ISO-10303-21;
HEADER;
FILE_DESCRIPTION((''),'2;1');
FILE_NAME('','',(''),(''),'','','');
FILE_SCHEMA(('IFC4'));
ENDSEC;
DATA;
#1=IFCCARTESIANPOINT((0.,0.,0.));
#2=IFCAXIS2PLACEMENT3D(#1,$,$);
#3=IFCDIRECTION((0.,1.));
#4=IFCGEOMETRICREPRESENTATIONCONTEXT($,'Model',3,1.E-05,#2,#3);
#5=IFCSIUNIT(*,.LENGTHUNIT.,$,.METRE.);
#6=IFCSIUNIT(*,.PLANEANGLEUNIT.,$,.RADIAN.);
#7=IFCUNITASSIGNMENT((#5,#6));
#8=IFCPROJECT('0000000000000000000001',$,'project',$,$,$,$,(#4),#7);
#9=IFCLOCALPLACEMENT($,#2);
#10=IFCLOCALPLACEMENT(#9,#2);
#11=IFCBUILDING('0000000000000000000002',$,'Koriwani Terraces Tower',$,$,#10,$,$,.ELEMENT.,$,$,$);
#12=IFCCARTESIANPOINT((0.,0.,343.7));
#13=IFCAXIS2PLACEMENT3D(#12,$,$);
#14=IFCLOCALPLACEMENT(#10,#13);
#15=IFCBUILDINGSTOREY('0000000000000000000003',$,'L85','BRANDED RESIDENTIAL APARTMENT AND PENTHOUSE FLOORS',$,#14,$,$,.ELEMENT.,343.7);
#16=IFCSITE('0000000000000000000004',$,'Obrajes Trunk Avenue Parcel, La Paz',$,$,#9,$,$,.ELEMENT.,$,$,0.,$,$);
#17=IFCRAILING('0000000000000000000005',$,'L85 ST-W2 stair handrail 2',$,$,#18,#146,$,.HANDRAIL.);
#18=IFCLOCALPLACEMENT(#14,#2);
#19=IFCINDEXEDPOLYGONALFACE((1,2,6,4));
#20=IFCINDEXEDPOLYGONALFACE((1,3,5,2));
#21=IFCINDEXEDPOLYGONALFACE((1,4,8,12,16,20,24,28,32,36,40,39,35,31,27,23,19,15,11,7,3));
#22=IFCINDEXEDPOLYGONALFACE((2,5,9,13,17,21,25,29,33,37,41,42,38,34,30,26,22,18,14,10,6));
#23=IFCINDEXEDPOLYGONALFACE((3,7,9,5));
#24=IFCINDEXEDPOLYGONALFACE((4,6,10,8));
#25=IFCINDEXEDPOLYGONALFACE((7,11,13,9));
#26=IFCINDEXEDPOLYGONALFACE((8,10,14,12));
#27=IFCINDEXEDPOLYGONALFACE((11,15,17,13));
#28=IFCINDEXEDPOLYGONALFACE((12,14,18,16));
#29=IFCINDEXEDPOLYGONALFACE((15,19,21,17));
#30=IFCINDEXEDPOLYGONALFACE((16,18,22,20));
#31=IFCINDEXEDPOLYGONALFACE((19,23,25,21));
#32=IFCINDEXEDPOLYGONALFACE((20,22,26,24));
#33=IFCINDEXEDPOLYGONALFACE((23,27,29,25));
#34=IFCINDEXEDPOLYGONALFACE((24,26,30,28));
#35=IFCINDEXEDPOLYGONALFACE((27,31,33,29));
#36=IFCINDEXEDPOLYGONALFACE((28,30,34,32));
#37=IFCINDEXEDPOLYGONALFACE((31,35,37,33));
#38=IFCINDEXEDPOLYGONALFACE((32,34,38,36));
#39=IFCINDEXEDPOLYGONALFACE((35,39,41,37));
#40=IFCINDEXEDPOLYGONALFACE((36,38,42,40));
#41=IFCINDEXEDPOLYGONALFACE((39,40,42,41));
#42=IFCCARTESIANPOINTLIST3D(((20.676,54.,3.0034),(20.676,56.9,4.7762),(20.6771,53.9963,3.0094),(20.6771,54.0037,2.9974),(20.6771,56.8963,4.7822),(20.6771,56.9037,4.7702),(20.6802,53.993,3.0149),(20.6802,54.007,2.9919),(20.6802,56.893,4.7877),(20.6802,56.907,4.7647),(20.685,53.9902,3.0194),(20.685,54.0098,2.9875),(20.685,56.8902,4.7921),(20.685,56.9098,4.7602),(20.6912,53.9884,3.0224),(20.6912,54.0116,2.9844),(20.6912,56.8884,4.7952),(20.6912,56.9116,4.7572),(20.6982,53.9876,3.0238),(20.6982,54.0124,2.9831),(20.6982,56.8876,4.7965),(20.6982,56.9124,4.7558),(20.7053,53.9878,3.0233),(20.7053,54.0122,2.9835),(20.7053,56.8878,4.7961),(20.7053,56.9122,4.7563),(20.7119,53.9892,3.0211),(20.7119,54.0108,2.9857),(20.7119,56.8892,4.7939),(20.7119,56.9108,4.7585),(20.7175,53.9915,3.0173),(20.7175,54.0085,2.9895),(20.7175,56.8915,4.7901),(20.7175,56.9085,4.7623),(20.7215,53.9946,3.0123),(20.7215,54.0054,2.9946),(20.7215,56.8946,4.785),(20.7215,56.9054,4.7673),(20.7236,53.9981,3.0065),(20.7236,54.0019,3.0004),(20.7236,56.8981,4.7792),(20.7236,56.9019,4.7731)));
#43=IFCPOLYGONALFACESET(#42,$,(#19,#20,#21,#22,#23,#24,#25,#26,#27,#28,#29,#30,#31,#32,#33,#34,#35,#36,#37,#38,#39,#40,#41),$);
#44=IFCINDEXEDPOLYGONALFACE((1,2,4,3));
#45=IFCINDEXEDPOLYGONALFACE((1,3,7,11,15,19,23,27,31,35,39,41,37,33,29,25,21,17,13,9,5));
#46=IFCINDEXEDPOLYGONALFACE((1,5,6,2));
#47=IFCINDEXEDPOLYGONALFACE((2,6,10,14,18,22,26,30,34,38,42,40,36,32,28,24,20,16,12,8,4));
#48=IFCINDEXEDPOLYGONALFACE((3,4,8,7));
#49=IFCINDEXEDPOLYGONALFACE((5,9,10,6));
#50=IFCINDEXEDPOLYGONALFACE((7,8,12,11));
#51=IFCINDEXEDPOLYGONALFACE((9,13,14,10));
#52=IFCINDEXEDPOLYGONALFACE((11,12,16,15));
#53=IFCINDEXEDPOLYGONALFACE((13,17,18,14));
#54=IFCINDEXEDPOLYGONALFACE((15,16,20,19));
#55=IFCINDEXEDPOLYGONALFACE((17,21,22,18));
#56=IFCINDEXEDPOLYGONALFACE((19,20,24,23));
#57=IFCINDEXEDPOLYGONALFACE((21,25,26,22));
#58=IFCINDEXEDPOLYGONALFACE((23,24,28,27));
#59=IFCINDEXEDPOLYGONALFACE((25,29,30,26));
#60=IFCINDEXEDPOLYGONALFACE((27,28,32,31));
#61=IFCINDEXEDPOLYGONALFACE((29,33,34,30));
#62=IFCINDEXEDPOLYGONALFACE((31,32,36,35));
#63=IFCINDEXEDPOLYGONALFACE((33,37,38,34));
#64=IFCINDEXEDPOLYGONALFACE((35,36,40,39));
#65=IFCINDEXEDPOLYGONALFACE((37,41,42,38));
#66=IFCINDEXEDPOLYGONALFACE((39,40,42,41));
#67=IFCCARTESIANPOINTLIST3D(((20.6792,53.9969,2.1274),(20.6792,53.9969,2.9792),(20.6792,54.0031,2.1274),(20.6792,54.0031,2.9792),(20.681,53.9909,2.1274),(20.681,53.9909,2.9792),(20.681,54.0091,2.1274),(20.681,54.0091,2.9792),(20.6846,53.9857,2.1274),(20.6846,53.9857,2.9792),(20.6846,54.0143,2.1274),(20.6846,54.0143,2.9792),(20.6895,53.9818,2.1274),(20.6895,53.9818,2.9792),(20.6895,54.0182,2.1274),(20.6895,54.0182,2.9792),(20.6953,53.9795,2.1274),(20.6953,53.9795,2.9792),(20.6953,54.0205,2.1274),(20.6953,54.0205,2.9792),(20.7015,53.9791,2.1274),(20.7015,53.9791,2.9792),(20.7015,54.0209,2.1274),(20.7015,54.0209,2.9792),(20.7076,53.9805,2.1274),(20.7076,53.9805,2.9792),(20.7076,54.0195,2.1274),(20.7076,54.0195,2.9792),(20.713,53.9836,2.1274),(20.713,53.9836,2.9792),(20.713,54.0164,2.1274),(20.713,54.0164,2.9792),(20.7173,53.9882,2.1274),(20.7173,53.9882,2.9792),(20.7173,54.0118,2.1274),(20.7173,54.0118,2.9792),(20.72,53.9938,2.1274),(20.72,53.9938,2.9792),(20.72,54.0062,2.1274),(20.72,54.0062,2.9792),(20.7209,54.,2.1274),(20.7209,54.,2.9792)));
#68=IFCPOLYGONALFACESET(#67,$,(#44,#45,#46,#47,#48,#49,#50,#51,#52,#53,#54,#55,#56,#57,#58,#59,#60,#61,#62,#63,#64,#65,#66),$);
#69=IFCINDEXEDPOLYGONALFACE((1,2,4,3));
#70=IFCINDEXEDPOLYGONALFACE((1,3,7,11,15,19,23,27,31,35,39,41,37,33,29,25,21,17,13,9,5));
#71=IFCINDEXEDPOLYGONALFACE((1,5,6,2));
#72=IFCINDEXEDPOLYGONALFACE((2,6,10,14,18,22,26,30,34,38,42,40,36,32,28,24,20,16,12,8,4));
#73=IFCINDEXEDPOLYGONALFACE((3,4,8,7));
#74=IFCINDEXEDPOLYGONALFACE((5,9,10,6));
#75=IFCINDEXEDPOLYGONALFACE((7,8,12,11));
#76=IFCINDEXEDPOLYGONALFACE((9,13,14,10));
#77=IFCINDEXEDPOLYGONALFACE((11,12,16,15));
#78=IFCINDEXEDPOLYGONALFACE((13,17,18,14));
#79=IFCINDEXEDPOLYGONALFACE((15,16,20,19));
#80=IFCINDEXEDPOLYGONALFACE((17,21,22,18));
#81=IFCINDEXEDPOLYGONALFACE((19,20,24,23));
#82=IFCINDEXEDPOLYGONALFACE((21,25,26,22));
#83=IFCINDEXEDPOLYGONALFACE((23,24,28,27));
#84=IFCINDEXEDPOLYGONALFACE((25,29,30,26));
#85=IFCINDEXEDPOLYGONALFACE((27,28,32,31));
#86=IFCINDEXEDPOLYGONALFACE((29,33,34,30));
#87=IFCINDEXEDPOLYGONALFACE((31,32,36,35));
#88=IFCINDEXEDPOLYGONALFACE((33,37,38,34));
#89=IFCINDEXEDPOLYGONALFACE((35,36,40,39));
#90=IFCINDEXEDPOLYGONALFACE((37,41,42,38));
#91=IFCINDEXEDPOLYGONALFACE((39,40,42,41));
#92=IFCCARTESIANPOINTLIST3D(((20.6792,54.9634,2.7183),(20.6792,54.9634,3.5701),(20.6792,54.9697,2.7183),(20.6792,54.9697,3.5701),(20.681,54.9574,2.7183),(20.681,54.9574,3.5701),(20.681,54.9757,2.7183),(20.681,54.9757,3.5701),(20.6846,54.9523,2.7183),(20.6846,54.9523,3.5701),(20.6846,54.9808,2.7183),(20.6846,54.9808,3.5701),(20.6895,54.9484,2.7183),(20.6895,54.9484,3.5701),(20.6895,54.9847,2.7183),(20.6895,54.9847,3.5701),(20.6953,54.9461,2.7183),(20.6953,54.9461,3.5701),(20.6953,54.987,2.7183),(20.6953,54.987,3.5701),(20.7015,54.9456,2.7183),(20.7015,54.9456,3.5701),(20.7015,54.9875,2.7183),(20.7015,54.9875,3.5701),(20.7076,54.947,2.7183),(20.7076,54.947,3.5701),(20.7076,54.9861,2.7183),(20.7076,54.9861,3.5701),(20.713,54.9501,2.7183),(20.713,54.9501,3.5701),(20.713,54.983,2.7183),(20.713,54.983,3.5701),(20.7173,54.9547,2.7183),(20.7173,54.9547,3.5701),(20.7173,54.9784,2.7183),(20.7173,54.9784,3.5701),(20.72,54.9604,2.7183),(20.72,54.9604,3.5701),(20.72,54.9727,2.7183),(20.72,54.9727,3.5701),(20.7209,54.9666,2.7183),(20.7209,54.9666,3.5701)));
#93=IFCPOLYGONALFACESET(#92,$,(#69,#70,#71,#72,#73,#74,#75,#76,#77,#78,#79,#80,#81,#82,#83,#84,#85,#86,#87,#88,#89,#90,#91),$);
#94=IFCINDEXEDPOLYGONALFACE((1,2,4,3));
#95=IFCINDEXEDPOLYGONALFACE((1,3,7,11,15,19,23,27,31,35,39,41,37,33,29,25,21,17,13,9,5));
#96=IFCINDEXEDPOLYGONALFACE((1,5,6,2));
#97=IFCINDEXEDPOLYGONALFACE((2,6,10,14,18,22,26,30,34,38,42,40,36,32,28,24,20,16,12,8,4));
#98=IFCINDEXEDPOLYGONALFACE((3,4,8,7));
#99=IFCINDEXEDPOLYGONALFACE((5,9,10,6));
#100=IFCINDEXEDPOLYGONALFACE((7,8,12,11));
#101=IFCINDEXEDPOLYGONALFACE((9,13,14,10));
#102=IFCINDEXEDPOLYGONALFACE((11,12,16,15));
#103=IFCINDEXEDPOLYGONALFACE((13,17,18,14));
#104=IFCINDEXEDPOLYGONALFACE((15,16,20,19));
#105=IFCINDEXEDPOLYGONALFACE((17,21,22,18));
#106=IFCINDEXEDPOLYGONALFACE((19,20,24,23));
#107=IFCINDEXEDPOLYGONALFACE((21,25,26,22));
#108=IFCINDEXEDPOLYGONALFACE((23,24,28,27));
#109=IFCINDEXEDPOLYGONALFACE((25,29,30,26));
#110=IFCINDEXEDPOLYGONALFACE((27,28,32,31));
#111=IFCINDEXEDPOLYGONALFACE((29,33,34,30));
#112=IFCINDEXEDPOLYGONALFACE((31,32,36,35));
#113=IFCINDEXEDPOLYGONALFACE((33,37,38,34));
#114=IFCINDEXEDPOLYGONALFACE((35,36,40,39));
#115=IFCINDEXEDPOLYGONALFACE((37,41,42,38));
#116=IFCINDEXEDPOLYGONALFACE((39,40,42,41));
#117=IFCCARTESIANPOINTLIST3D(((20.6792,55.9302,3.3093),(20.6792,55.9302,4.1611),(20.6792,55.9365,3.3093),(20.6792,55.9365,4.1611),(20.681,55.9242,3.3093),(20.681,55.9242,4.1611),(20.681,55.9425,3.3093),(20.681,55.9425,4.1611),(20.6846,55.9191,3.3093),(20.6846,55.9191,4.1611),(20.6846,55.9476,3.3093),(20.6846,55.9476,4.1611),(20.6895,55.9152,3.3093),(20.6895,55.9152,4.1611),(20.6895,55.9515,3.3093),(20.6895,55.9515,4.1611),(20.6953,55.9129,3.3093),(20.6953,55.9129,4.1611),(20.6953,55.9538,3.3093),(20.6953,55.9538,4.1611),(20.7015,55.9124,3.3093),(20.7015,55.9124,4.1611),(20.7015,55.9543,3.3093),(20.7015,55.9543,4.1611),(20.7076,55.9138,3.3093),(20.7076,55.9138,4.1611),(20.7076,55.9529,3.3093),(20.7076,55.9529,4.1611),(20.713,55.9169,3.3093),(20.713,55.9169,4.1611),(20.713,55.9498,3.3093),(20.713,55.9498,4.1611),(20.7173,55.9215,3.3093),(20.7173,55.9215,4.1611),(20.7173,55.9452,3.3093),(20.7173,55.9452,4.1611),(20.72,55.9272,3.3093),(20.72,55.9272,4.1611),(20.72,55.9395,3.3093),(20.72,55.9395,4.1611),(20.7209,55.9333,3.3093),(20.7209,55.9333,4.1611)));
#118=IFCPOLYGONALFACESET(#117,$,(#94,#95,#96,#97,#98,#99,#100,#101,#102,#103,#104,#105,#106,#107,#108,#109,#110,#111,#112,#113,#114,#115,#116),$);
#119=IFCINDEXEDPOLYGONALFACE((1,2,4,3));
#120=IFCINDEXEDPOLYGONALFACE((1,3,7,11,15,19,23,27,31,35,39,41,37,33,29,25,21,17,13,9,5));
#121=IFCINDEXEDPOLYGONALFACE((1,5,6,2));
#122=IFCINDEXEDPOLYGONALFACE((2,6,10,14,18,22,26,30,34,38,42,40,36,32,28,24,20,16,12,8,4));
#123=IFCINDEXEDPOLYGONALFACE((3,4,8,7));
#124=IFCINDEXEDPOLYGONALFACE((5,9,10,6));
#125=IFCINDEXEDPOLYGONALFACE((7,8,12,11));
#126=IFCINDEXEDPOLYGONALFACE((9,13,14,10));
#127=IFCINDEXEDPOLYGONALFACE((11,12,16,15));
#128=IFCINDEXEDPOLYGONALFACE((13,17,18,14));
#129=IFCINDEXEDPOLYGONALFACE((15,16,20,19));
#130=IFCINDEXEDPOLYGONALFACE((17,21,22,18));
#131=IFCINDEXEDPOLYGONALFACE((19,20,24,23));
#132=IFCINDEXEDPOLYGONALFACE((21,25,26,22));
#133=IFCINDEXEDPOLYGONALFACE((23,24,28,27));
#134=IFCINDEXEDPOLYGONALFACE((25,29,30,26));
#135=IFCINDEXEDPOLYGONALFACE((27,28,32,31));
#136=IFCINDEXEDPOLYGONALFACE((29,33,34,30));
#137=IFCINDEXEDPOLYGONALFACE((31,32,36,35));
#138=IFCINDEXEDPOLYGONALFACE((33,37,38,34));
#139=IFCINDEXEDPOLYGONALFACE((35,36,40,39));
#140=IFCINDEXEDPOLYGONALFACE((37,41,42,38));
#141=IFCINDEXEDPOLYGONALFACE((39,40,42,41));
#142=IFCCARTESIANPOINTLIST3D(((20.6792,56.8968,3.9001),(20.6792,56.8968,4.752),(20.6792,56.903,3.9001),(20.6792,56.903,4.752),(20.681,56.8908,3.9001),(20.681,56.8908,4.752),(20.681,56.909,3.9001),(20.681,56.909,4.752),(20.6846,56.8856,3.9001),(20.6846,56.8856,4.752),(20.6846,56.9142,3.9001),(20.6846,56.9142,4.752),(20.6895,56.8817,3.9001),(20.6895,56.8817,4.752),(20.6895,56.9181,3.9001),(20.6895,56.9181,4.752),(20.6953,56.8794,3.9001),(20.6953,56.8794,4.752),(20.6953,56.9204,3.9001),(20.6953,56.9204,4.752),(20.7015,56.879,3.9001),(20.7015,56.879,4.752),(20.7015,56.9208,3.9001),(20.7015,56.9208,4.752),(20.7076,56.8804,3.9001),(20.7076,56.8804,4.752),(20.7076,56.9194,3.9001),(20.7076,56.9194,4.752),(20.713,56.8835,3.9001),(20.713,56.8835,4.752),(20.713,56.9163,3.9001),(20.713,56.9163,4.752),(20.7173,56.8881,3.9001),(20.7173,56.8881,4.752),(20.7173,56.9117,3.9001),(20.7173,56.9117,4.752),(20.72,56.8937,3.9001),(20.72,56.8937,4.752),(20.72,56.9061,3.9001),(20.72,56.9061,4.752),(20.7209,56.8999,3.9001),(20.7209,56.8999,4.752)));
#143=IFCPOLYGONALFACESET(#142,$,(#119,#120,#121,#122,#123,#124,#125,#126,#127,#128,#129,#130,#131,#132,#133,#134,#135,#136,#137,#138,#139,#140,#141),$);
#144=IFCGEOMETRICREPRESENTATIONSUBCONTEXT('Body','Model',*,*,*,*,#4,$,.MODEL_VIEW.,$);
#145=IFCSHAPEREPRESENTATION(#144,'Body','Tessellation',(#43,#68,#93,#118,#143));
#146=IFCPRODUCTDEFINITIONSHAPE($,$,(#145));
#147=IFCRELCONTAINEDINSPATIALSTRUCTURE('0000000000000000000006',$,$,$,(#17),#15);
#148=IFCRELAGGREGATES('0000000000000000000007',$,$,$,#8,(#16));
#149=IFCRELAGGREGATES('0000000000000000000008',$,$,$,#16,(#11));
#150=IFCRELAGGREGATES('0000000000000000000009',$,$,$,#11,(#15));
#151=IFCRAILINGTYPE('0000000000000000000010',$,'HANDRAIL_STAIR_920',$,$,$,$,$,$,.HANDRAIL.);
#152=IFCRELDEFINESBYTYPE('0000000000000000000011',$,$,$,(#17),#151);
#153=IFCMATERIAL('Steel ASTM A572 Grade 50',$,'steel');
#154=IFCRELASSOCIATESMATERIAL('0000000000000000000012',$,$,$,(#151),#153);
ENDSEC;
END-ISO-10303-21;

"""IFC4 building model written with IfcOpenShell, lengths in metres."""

from ifc_helpers import new_model, si_unit, direction, frame, origin, origin_2d, place, context, subcontext, project, spatial, circle, extrude, material, type_object, element, save


model = new_model("IFC4")

# Units and contexts
model_context = context("Model", 3, precision=1e-05, world=origin(), true_north=direction((0.0, 1.0)))
body_context = subcontext(model_context, "Body", "Model", "MODEL_VIEW")
ifc_project = project(units=[si_unit("LENGTHUNIT", "METRE"), si_unit("PLANEANGLEUNIT", "RADIAN")], contexts=[model_context])

# Site, building, storey
site_placement = place(None, origin())
site = spatial("IfcSite", under=ifc_project, at=site_placement, Name="Obrajes Trunk Avenue Parcel, La Paz", CompositionType="ELEMENT", RefElevation=0.0)
building_placement = place(site_placement, origin())
building = spatial("IfcBuilding", under=site, at=building_placement, Name="Koriwani Terraces Tower", CompositionType="ELEMENT")
storey_placement = place(building_placement, frame((0.0, 0.0, 343.7)))
storey = spatial("IfcBuildingStorey", under=building, at=storey_placement, Name="L85", Description="BRANDED RESIDENTIAL APARTMENT AND PENTHOUSE FLOORS", CompositionType="ELEMENT", Elevation=343.7)

# Shared definitions
ifc_material_1 = material(Name="Steel ASTM A572 Grade 50", Category="steel")

# Railing
railing_type = type_object("IfcRailingType", Name="HANDRAIL_STAIR_920", PredefinedType="HANDRAIL", material=ifc_material_1)
railing_placement = place(storey_placement, frame((20.7, 54.0, 2.1274)))
element("IfcRailing", 1, at=railing_placement, inside=storey, type_object=railing_type, Name="L85 ST-W2 stair handrail 2", PredefinedType="HANDRAIL", context=body_context, shape_type="SweptSolid", body=[
    extrude(circle(Radius=0.0239, at=origin_2d()), frame((0.0, 0.0, 0.876), z_axis=(0.0, 0.853211, 0.521566), x_axis=(-1.0, 0.0, 0.0)), (0.0, 0.0, 1.0), 3.3989),
    extrude(circle(Radius=0.021, at=origin_2d()), origin(), (0.0, 0.0, 1.0), 0.8518),
    extrude(circle(Radius=0.021, at=origin_2d()), frame((0.0, 0.9666, 0.5908)), (0.0, 0.0, 1.0), 0.8518),
    extrude(circle(Radius=0.021, at=origin_2d()), frame((0.0, 1.9333, 1.1819)), (0.0, 0.0, 1.0), 0.8518),
    extrude(circle(Radius=0.021, at=origin_2d()), frame((0.0, 2.8999, 1.7727)), (0.0, 0.0, 1.0), 0.8518),
])

save(model, "model.ifc")
